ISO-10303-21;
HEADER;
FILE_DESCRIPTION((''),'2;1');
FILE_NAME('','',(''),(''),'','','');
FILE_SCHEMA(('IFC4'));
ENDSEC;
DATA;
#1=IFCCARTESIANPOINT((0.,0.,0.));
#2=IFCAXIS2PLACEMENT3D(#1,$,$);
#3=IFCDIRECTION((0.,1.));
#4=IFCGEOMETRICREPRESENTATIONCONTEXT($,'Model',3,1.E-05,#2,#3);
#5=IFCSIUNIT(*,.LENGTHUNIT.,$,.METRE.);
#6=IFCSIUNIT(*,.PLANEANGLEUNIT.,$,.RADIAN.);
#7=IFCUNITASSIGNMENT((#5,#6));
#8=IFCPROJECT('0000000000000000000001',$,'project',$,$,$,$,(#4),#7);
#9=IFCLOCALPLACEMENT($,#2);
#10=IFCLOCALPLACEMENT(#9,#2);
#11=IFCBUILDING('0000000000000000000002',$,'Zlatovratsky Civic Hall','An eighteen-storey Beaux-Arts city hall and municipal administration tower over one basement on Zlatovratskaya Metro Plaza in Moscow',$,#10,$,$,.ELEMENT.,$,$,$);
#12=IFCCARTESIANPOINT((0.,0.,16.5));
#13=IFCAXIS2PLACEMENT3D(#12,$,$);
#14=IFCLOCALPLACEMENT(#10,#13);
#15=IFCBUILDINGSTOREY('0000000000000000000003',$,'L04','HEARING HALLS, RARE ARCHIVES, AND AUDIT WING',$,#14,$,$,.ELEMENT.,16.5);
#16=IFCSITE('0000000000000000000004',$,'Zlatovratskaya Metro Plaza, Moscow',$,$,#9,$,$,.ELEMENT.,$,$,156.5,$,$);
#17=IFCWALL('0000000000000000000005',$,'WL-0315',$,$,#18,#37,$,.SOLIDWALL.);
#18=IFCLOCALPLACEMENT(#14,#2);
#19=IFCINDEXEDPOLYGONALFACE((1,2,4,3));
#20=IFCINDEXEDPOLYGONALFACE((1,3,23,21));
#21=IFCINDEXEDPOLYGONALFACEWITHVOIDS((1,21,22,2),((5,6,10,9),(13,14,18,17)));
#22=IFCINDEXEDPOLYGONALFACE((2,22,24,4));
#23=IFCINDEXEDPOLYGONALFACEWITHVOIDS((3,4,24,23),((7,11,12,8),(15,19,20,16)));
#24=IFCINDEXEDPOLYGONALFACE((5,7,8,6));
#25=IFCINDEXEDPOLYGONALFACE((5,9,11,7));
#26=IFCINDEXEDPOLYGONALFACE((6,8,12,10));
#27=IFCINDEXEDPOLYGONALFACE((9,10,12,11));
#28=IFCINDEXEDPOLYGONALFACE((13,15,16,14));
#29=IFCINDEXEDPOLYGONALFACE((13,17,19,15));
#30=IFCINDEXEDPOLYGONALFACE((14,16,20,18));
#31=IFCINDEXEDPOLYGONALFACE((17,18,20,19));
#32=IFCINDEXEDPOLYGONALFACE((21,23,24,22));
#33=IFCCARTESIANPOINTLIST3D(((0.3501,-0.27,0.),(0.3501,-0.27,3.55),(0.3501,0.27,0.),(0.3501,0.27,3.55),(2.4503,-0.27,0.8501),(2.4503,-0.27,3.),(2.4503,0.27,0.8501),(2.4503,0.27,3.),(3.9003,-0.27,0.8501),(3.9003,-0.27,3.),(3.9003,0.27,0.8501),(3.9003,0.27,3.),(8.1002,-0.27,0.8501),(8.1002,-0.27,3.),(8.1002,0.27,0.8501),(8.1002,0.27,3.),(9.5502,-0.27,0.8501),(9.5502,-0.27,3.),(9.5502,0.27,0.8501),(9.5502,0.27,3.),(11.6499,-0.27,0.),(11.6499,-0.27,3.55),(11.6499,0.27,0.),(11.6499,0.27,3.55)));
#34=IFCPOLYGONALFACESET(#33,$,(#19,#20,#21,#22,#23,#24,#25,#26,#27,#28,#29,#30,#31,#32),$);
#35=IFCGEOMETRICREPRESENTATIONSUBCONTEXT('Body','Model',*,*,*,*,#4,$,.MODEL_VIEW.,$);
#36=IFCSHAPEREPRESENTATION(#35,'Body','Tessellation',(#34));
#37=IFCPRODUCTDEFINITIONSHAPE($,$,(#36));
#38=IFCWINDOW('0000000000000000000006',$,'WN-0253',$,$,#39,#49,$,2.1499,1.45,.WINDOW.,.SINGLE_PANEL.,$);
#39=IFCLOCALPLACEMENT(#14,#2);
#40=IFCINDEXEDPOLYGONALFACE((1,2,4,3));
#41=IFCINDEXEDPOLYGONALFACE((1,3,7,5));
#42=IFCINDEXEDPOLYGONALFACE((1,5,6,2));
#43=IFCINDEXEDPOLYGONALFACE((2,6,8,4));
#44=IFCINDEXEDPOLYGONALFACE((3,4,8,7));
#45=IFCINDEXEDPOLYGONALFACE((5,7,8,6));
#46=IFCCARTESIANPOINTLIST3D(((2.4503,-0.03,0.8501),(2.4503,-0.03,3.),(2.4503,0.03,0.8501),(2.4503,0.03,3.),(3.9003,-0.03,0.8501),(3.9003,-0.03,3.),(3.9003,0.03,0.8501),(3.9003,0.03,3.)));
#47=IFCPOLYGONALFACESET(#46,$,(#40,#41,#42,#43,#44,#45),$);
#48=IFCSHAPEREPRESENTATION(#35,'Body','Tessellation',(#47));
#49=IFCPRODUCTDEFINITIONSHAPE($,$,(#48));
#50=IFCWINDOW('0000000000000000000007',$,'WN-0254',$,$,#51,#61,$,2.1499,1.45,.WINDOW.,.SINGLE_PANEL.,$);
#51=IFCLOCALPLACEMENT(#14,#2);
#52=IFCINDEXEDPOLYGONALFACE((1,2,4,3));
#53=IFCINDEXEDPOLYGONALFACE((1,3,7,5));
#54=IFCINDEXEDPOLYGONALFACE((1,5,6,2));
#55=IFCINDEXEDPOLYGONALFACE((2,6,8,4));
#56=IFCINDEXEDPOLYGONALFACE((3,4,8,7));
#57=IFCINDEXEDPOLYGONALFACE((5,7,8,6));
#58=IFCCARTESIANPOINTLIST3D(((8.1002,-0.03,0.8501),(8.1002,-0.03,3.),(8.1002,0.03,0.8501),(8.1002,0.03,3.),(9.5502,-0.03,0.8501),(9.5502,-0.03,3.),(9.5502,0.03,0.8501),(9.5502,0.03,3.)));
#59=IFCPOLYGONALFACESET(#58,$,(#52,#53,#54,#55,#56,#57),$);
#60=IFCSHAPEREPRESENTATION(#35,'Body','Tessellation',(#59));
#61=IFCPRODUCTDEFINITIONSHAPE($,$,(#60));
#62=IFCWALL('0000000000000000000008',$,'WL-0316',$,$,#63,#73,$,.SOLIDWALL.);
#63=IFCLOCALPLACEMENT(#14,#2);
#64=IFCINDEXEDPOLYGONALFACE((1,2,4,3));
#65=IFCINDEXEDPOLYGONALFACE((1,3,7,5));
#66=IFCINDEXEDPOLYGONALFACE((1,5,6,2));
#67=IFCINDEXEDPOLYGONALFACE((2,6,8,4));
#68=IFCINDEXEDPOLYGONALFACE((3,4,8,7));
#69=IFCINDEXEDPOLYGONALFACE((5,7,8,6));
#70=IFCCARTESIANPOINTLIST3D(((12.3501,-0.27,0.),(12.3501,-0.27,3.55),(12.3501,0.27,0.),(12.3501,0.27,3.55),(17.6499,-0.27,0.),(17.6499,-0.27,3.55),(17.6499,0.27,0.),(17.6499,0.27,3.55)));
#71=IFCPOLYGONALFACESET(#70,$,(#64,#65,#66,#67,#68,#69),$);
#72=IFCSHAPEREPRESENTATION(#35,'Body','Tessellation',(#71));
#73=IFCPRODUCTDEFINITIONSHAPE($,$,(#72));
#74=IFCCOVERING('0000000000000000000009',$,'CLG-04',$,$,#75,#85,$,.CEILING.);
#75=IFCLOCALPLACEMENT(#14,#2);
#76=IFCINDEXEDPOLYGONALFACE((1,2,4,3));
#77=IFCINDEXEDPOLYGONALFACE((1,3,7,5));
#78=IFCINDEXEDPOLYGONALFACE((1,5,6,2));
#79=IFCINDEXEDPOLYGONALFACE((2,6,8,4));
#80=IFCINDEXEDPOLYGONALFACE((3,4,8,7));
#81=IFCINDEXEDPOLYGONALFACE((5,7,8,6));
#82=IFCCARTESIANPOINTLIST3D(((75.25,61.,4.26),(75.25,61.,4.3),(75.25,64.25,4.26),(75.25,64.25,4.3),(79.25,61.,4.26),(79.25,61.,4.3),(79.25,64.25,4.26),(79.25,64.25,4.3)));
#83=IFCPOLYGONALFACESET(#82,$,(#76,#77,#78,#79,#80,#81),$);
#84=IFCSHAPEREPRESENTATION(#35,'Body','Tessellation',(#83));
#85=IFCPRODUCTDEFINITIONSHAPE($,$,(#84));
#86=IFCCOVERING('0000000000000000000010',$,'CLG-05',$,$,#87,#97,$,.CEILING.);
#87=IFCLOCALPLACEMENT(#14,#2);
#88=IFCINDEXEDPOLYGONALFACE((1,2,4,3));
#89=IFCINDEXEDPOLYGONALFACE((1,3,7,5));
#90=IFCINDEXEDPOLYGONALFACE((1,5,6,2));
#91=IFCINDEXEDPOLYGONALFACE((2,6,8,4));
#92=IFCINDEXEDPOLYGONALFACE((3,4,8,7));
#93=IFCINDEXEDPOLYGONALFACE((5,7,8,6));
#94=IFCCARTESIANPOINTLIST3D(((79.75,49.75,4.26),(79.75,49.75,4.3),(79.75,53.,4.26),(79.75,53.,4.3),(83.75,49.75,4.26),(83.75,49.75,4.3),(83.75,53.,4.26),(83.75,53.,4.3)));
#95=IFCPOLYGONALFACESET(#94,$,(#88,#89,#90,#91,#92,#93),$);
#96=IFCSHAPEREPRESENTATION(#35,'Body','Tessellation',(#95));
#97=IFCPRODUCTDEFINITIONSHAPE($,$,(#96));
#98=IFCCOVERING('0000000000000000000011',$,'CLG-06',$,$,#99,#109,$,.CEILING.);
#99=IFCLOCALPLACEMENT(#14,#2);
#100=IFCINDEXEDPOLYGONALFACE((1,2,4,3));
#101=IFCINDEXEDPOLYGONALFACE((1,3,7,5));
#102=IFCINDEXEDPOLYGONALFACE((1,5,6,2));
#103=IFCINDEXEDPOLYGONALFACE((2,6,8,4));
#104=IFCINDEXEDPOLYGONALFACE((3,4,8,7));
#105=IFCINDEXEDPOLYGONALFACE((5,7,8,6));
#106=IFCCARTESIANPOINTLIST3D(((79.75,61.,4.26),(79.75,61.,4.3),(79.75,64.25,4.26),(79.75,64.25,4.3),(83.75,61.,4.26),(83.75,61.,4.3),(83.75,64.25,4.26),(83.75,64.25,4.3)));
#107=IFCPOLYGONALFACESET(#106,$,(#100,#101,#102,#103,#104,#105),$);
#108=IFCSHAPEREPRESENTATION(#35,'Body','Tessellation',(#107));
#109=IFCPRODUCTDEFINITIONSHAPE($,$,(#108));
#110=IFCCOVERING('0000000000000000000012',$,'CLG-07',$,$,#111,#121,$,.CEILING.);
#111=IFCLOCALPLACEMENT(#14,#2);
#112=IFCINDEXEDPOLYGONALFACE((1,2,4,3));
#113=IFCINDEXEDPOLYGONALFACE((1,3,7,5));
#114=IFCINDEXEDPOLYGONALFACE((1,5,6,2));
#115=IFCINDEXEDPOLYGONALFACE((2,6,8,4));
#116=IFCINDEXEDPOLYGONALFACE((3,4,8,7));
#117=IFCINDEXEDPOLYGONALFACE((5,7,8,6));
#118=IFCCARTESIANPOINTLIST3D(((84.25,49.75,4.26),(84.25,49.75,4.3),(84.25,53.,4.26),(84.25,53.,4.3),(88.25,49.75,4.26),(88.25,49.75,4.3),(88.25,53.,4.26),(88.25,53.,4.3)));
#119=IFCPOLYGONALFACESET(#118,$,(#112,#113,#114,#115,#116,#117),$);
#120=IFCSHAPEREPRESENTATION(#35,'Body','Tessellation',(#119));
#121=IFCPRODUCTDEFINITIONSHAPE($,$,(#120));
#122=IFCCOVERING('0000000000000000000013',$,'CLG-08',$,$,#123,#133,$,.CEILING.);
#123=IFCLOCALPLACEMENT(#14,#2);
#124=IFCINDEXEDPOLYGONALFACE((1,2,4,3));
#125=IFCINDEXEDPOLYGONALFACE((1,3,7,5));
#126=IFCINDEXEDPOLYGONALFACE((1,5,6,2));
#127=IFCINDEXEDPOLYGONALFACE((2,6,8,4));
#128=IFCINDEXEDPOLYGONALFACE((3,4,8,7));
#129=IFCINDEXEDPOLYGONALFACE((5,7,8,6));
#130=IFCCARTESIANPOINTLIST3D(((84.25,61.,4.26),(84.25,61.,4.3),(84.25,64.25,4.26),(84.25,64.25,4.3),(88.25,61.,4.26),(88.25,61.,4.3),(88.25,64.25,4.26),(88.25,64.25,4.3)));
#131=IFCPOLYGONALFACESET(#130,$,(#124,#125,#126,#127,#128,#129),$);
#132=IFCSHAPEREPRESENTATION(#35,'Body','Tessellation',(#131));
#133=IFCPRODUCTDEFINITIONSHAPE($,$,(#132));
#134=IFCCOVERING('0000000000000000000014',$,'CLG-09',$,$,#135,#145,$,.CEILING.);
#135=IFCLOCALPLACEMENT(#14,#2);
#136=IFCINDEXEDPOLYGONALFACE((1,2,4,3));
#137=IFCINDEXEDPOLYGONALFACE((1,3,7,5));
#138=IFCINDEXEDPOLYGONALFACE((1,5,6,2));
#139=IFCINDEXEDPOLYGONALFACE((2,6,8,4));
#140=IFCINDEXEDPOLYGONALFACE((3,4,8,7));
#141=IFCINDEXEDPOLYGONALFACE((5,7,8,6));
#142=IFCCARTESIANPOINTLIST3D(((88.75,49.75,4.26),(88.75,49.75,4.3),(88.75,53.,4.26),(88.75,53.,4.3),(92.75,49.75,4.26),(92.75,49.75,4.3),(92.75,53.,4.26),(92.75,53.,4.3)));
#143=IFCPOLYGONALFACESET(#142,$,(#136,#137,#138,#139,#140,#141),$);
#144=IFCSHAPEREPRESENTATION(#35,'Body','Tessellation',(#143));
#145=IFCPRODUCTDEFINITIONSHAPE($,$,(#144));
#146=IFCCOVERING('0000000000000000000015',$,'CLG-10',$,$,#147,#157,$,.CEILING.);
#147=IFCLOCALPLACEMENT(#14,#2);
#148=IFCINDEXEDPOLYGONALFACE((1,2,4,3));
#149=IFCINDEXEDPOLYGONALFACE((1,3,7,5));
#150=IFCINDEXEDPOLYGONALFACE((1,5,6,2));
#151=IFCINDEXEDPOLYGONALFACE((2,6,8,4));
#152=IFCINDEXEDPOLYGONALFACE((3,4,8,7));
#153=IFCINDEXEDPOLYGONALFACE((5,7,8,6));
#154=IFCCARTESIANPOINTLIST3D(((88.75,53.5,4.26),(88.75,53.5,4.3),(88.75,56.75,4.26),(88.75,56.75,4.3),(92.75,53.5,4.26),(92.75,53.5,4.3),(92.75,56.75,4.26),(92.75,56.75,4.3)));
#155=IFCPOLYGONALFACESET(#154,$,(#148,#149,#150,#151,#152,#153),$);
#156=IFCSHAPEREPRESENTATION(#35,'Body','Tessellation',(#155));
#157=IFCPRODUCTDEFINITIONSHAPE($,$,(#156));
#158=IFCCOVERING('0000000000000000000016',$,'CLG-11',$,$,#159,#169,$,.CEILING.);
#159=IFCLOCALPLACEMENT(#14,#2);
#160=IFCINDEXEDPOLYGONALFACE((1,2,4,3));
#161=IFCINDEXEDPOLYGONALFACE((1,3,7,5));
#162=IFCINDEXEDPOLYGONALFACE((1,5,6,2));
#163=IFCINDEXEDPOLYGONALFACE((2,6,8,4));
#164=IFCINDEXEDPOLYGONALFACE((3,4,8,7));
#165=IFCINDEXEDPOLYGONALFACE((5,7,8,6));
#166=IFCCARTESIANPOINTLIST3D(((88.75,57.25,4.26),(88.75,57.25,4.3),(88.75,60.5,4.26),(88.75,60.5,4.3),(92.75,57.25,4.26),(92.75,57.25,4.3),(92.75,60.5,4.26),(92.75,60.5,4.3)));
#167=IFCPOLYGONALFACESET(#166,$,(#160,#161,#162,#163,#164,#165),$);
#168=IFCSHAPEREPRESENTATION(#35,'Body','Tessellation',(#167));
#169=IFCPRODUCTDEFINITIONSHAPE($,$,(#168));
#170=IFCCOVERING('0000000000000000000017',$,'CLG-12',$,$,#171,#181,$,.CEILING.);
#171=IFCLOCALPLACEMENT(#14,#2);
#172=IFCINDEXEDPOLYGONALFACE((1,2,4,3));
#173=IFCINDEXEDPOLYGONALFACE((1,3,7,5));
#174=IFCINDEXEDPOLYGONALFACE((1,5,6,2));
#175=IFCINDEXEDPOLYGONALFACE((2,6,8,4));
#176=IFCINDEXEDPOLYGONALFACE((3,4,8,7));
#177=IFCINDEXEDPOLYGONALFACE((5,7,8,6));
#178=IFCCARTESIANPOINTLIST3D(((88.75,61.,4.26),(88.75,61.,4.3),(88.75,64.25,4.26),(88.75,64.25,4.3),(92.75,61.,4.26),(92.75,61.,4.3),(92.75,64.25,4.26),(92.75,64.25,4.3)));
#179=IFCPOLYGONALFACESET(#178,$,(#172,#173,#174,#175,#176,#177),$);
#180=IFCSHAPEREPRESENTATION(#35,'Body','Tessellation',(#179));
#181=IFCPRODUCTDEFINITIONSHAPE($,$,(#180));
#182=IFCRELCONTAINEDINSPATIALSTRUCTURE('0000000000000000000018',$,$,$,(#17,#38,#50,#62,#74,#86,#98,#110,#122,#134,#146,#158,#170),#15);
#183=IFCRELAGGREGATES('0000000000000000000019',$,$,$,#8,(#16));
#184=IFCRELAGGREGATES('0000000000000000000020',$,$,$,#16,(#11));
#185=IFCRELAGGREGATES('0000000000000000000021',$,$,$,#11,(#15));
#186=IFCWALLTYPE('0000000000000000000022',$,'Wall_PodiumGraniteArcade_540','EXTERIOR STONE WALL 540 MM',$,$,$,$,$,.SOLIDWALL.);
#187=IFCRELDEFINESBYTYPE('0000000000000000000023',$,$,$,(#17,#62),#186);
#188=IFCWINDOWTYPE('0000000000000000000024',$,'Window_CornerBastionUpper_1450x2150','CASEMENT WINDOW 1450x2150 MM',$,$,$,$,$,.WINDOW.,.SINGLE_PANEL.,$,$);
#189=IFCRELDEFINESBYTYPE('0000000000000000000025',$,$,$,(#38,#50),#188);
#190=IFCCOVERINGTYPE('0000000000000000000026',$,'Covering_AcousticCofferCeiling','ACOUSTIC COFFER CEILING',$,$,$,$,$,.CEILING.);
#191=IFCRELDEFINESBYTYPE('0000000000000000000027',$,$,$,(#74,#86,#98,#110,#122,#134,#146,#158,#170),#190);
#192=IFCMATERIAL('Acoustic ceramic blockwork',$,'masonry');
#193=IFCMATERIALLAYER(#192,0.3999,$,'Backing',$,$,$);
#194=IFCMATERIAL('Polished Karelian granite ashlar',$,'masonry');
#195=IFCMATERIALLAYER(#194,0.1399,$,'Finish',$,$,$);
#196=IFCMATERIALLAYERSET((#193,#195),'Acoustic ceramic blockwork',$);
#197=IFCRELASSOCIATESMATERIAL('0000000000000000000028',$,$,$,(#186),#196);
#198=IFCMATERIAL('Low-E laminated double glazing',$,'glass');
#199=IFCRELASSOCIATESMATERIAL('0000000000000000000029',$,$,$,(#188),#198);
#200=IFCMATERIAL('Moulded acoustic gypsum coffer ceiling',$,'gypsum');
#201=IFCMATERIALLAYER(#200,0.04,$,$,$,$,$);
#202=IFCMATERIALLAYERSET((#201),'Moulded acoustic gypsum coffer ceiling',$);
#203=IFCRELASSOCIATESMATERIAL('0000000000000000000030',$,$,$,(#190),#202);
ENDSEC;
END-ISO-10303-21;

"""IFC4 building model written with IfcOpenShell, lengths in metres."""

from ifc_helpers import new_model, si_unit, direction, frame, frame_2d, origin, place, context, subcontext, project, spatial, polyline, rectangle, outline, extrude, material, layer, layer_set, type_object, element, fill, save


model = new_model("IFC4")

# Units and contexts
model_context = context("Model", 3, precision=1e-05, world=origin(), true_north=direction((0.0, 1.0)))
body_context = subcontext(model_context, "Body", "Model", "MODEL_VIEW")
ifc_project = project(units=[si_unit("LENGTHUNIT", "METRE"), si_unit("PLANEANGLEUNIT", "RADIAN")], contexts=[model_context])

# Site, building, storey
site_placement = place(None, origin())
site = spatial("IfcSite", under=ifc_project, at=site_placement, Name="Zlatovratskaya Metro Plaza, Moscow", CompositionType="ELEMENT", RefElevation=156.5)
building_placement = place(site_placement, origin())
building = spatial("IfcBuilding", under=site, at=building_placement, Name="Zlatovratsky Civic Hall", Description="An eighteen-storey Beaux-Arts city hall and municipal administration tower over one basement on Zlatovratskaya Metro Plaza in Moscow", CompositionType="ELEMENT")
storey_placement = place(building_placement, frame((0.0, 0.0, 16.5)))
storey = spatial("IfcBuildingStorey", under=building, at=storey_placement, Name="L04", Description="HEARING HALLS, RARE ARCHIVES, AND AUDIT WING", CompositionType="ELEMENT", Elevation=16.5)

# Wall, openings, windows
ifc_material_1 = material(Name="Acoustic ceramic blockwork", Category="masonry")
ifc_layer_1 = layer(ifc_material_1, 0.3999, Name="Backing")
ifc_material_2 = material(Name="Polished Karelian granite ashlar", Category="masonry")
ifc_layer_2 = layer(ifc_material_2, 0.1399, Name="Finish")
ifc_layer_set_1 = layer_set([ifc_layer_1, ifc_layer_2], Name="Acoustic ceramic blockwork")
wall_type = type_object("IfcWallType", Name="Wall_PodiumGraniteArcade_540", Description="EXTERIOR STONE WALL 540 MM", PredefinedType="SOLIDWALL", material=ifc_layer_set_1)
wall_1_placement = place(storey_placement, frame((0.3501, 0.0, 0.0), z_axis=(0.0, 0.0, 1.0), x_axis=(1.0, 0.0, 0.0)))
wall_1 = element("IfcWall", 1, at=wall_1_placement, inside=storey, type_object=wall_type, Name="WL-0315", PredefinedType="SOLIDWALL", context=body_context, shape_type="SweptSolid", body=[
    extrude(rectangle(XDim=11.2998, YDim=0.54, at=frame_2d((5.6499, 0.0))), origin(), (0.0, 0.0, 1.0), 3.55),
])
opening_1_placement = place(wall_1_placement, frame((2.1001, 0.0, 0.8501)))
opening_1 = element("IfcOpeningElement", 2, at=opening_1_placement, cuts=wall_1, PredefinedType="OPENING", context=body_context, shape_type="SweptSolid", body=[
    extrude(rectangle(XDim=1.45, YDim=2.1499, at=frame_2d((0.7251, 1.075))), frame((0.0, 0.2849, 0.0), z_axis=(0.0, -1.0, 0.0), x_axis=(1.0, 0.0, 0.0)), (0.0, 0.0, 1.0), 0.5698),
])
opening_2_placement = place(wall_1_placement, frame((7.75, 0.0, 0.8501)))
opening_2 = element("IfcOpeningElement", 3, at=opening_2_placement, cuts=wall_1, PredefinedType="OPENING", context=body_context, shape_type="SweptSolid", body=[
    extrude(rectangle(XDim=1.45, YDim=2.1499, at=frame_2d((0.7251, 1.075))), frame((0.0, 0.2849, 0.0), z_axis=(0.0, -1.0, 0.0), x_axis=(1.0, 0.0, 0.0)), (0.0, 0.0, 1.0), 0.5698),
])
ifc_material_3 = material(Name="Low-E laminated double glazing", Category="glass")
window_type = type_object("IfcWindowType", Name="Window_CornerBastionUpper_1450x2150", Description="CASEMENT WINDOW 1450x2150 MM", PartitioningType="SINGLE_PANEL", PredefinedType="WINDOW", material=ifc_material_3)
window_1_placement = place(opening_1_placement, origin())
window_1 = element("IfcWindow", 4, at=window_1_placement, inside=storey, type_object=window_type, Name="WN-0253", OverallHeight=2.1499, OverallWidth=1.45, PartitioningType="SINGLE_PANEL", PredefinedType="WINDOW", context=body_context, shape_type="SweptSolid", body=[
    extrude(rectangle(XDim=1.45, YDim=2.1499, at=frame_2d((0.7251, 1.075))), frame((0.0, 0.03, 0.0), z_axis=(0.0, -1.0, 0.0), x_axis=(1.0, 0.0, 0.0)), (0.0, 0.0, 1.0), 0.0601),
])
fill(opening_1, window_1)
window_2_placement = place(opening_2_placement, origin())
window_2 = element("IfcWindow", 5, at=window_2_placement, inside=storey, type_object=window_type, Name="WN-0254", OverallHeight=2.1499, OverallWidth=1.45, PartitioningType="SINGLE_PANEL", PredefinedType="WINDOW", context=body_context, shape_type="SweptSolid", body=[
    extrude(rectangle(XDim=1.45, YDim=2.1499, at=frame_2d((0.7251, 1.075))), frame((0.0, 0.03, 0.0), z_axis=(0.0, -1.0, 0.0), x_axis=(1.0, 0.0, 0.0)), (0.0, 0.0, 1.0), 0.0601),
])
fill(opening_2, window_2)

# Wall
wall_2_placement = place(storey_placement, frame((12.3501, 0.0, 0.0), z_axis=(0.0, 0.0, 1.0), x_axis=(1.0, 0.0, 0.0)))
element("IfcWall", 6, at=wall_2_placement, inside=storey, type_object=wall_type, Name="WL-0316", PredefinedType="SOLIDWALL", context=body_context, shape_type="SweptSolid", body=[
    extrude(rectangle(XDim=5.2998, YDim=0.54, at=frame_2d((2.6499, 0.0))), origin(), (0.0, 0.0, 1.0), 3.55),
])

# Coverings
ifc_material_4 = material(Name="Moulded acoustic gypsum coffer ceiling", Category="gypsum")
ifc_layer_3 = layer(ifc_material_4, 0.04)
ifc_layer_set_2 = layer_set([ifc_layer_3], Name="Moulded acoustic gypsum coffer ceiling")
covering_type = type_object("IfcCoveringType", Name="Covering_AcousticCofferCeiling", Description="ACOUSTIC COFFER CEILING", PredefinedType="CEILING", material=ifc_layer_set_2)
covering_1_placement = place(storey_placement, frame((0.0, 0.0, 4.26)))
element("IfcCovering", 7, at=covering_1_placement, inside=storey, type_object=covering_type, Name="CLG-04", PredefinedType="CEILING", context=body_context, shape_type="SweptSolid", body=[
    extrude(outline(polyline([(75.25, 61.0), (79.25, 61.0), (79.25, 64.25), (75.25, 64.25), (75.25, 61.0)])), origin(), (0.0, 0.0, 1.0), 0.04),
])
covering_2_placement = place(storey_placement, frame((0.0, 0.0, 4.26)))
element("IfcCovering", 8, at=covering_2_placement, inside=storey, type_object=covering_type, Name="CLG-05", PredefinedType="CEILING", context=body_context, shape_type="SweptSolid", body=[
    extrude(outline(polyline([(79.75, 49.75), (83.75, 49.75), (83.75, 53.0), (79.75, 53.0), (79.75, 49.75)])), origin(), (0.0, 0.0, 1.0), 0.04),
])
covering_3_placement = place(storey_placement, frame((0.0, 0.0, 4.26)))
element("IfcCovering", 9, at=covering_3_placement, inside=storey, type_object=covering_type, Name="CLG-06", PredefinedType="CEILING", context=body_context, shape_type="SweptSolid", body=[
    extrude(outline(polyline([(79.75, 61.0), (83.75, 61.0), (83.75, 64.25), (79.75, 64.25), (79.75, 61.0)])), origin(), (0.0, 0.0, 1.0), 0.04),
])
covering_4_placement = place(storey_placement, frame((0.0, 0.0, 4.26)))
element("IfcCovering", 10, at=covering_4_placement, inside=storey, type_object=covering_type, Name="CLG-07", PredefinedType="CEILING", context=body_context, shape_type="SweptSolid", body=[
    extrude(outline(polyline([(84.25, 49.75), (88.25, 49.75), (88.25, 53.0), (84.25, 53.0), (84.25, 49.75)])), origin(), (0.0, 0.0, 1.0), 0.04),
])
covering_5_placement = place(storey_placement, frame((0.0, 0.0, 4.26)))
element("IfcCovering", 11, at=covering_5_placement, inside=storey, type_object=covering_type, Name="CLG-08", PredefinedType="CEILING", context=body_context, shape_type="SweptSolid", body=[
    extrude(outline(polyline([(84.25, 61.0), (88.25, 61.0), (88.25, 64.25), (84.25, 64.25), (84.25, 61.0)])), origin(), (0.0, 0.0, 1.0), 0.04),
])
covering_6_placement = place(storey_placement, frame((0.0, 0.0, 4.26)))
element("IfcCovering", 12, at=covering_6_placement, inside=storey, type_object=covering_type, Name="CLG-09", PredefinedType="CEILING", context=body_context, shape_type="SweptSolid", body=[
    extrude(outline(polyline([(88.75, 49.75), (92.75, 49.75), (92.75, 53.0), (88.75, 53.0), (88.75, 49.75)])), origin(), (0.0, 0.0, 1.0), 0.04),
])
covering_7_placement = place(storey_placement, frame((0.0, 0.0, 4.26)))
element("IfcCovering", 13, at=covering_7_placement, inside=storey, type_object=covering_type, Name="CLG-10", PredefinedType="CEILING", context=body_context, shape_type="SweptSolid", body=[
    extrude(outline(polyline([(88.75, 53.5), (92.75, 53.5), (92.75, 56.75), (88.75, 56.75), (88.75, 53.5)])), origin(), (0.0, 0.0, 1.0), 0.04),
])
covering_8_placement = place(storey_placement, frame((0.0, 0.0, 4.26)))
element("IfcCovering", 14, at=covering_8_placement, inside=storey, type_object=covering_type, Name="CLG-11", PredefinedType="CEILING", context=body_context, shape_type="SweptSolid", body=[
    extrude(outline(polyline([(88.75, 57.25), (92.75, 57.25), (92.75, 60.5), (88.75, 60.5), (88.75, 57.25)])), origin(), (0.0, 0.0, 1.0), 0.04),
])
covering_9_placement = place(storey_placement, frame((0.0, 0.0, 4.26)))
element("IfcCovering", 15, at=covering_9_placement, inside=storey, type_object=covering_type, Name="CLG-12", PredefinedType="CEILING", context=body_context, shape_type="SweptSolid", body=[
    extrude(outline(polyline([(88.75, 61.0), (92.75, 61.0), (92.75, 64.25), (88.75, 64.25), (88.75, 61.0)])), origin(), (0.0, 0.0, 1.0), 0.04),
])

save(model, "model.ifc")
